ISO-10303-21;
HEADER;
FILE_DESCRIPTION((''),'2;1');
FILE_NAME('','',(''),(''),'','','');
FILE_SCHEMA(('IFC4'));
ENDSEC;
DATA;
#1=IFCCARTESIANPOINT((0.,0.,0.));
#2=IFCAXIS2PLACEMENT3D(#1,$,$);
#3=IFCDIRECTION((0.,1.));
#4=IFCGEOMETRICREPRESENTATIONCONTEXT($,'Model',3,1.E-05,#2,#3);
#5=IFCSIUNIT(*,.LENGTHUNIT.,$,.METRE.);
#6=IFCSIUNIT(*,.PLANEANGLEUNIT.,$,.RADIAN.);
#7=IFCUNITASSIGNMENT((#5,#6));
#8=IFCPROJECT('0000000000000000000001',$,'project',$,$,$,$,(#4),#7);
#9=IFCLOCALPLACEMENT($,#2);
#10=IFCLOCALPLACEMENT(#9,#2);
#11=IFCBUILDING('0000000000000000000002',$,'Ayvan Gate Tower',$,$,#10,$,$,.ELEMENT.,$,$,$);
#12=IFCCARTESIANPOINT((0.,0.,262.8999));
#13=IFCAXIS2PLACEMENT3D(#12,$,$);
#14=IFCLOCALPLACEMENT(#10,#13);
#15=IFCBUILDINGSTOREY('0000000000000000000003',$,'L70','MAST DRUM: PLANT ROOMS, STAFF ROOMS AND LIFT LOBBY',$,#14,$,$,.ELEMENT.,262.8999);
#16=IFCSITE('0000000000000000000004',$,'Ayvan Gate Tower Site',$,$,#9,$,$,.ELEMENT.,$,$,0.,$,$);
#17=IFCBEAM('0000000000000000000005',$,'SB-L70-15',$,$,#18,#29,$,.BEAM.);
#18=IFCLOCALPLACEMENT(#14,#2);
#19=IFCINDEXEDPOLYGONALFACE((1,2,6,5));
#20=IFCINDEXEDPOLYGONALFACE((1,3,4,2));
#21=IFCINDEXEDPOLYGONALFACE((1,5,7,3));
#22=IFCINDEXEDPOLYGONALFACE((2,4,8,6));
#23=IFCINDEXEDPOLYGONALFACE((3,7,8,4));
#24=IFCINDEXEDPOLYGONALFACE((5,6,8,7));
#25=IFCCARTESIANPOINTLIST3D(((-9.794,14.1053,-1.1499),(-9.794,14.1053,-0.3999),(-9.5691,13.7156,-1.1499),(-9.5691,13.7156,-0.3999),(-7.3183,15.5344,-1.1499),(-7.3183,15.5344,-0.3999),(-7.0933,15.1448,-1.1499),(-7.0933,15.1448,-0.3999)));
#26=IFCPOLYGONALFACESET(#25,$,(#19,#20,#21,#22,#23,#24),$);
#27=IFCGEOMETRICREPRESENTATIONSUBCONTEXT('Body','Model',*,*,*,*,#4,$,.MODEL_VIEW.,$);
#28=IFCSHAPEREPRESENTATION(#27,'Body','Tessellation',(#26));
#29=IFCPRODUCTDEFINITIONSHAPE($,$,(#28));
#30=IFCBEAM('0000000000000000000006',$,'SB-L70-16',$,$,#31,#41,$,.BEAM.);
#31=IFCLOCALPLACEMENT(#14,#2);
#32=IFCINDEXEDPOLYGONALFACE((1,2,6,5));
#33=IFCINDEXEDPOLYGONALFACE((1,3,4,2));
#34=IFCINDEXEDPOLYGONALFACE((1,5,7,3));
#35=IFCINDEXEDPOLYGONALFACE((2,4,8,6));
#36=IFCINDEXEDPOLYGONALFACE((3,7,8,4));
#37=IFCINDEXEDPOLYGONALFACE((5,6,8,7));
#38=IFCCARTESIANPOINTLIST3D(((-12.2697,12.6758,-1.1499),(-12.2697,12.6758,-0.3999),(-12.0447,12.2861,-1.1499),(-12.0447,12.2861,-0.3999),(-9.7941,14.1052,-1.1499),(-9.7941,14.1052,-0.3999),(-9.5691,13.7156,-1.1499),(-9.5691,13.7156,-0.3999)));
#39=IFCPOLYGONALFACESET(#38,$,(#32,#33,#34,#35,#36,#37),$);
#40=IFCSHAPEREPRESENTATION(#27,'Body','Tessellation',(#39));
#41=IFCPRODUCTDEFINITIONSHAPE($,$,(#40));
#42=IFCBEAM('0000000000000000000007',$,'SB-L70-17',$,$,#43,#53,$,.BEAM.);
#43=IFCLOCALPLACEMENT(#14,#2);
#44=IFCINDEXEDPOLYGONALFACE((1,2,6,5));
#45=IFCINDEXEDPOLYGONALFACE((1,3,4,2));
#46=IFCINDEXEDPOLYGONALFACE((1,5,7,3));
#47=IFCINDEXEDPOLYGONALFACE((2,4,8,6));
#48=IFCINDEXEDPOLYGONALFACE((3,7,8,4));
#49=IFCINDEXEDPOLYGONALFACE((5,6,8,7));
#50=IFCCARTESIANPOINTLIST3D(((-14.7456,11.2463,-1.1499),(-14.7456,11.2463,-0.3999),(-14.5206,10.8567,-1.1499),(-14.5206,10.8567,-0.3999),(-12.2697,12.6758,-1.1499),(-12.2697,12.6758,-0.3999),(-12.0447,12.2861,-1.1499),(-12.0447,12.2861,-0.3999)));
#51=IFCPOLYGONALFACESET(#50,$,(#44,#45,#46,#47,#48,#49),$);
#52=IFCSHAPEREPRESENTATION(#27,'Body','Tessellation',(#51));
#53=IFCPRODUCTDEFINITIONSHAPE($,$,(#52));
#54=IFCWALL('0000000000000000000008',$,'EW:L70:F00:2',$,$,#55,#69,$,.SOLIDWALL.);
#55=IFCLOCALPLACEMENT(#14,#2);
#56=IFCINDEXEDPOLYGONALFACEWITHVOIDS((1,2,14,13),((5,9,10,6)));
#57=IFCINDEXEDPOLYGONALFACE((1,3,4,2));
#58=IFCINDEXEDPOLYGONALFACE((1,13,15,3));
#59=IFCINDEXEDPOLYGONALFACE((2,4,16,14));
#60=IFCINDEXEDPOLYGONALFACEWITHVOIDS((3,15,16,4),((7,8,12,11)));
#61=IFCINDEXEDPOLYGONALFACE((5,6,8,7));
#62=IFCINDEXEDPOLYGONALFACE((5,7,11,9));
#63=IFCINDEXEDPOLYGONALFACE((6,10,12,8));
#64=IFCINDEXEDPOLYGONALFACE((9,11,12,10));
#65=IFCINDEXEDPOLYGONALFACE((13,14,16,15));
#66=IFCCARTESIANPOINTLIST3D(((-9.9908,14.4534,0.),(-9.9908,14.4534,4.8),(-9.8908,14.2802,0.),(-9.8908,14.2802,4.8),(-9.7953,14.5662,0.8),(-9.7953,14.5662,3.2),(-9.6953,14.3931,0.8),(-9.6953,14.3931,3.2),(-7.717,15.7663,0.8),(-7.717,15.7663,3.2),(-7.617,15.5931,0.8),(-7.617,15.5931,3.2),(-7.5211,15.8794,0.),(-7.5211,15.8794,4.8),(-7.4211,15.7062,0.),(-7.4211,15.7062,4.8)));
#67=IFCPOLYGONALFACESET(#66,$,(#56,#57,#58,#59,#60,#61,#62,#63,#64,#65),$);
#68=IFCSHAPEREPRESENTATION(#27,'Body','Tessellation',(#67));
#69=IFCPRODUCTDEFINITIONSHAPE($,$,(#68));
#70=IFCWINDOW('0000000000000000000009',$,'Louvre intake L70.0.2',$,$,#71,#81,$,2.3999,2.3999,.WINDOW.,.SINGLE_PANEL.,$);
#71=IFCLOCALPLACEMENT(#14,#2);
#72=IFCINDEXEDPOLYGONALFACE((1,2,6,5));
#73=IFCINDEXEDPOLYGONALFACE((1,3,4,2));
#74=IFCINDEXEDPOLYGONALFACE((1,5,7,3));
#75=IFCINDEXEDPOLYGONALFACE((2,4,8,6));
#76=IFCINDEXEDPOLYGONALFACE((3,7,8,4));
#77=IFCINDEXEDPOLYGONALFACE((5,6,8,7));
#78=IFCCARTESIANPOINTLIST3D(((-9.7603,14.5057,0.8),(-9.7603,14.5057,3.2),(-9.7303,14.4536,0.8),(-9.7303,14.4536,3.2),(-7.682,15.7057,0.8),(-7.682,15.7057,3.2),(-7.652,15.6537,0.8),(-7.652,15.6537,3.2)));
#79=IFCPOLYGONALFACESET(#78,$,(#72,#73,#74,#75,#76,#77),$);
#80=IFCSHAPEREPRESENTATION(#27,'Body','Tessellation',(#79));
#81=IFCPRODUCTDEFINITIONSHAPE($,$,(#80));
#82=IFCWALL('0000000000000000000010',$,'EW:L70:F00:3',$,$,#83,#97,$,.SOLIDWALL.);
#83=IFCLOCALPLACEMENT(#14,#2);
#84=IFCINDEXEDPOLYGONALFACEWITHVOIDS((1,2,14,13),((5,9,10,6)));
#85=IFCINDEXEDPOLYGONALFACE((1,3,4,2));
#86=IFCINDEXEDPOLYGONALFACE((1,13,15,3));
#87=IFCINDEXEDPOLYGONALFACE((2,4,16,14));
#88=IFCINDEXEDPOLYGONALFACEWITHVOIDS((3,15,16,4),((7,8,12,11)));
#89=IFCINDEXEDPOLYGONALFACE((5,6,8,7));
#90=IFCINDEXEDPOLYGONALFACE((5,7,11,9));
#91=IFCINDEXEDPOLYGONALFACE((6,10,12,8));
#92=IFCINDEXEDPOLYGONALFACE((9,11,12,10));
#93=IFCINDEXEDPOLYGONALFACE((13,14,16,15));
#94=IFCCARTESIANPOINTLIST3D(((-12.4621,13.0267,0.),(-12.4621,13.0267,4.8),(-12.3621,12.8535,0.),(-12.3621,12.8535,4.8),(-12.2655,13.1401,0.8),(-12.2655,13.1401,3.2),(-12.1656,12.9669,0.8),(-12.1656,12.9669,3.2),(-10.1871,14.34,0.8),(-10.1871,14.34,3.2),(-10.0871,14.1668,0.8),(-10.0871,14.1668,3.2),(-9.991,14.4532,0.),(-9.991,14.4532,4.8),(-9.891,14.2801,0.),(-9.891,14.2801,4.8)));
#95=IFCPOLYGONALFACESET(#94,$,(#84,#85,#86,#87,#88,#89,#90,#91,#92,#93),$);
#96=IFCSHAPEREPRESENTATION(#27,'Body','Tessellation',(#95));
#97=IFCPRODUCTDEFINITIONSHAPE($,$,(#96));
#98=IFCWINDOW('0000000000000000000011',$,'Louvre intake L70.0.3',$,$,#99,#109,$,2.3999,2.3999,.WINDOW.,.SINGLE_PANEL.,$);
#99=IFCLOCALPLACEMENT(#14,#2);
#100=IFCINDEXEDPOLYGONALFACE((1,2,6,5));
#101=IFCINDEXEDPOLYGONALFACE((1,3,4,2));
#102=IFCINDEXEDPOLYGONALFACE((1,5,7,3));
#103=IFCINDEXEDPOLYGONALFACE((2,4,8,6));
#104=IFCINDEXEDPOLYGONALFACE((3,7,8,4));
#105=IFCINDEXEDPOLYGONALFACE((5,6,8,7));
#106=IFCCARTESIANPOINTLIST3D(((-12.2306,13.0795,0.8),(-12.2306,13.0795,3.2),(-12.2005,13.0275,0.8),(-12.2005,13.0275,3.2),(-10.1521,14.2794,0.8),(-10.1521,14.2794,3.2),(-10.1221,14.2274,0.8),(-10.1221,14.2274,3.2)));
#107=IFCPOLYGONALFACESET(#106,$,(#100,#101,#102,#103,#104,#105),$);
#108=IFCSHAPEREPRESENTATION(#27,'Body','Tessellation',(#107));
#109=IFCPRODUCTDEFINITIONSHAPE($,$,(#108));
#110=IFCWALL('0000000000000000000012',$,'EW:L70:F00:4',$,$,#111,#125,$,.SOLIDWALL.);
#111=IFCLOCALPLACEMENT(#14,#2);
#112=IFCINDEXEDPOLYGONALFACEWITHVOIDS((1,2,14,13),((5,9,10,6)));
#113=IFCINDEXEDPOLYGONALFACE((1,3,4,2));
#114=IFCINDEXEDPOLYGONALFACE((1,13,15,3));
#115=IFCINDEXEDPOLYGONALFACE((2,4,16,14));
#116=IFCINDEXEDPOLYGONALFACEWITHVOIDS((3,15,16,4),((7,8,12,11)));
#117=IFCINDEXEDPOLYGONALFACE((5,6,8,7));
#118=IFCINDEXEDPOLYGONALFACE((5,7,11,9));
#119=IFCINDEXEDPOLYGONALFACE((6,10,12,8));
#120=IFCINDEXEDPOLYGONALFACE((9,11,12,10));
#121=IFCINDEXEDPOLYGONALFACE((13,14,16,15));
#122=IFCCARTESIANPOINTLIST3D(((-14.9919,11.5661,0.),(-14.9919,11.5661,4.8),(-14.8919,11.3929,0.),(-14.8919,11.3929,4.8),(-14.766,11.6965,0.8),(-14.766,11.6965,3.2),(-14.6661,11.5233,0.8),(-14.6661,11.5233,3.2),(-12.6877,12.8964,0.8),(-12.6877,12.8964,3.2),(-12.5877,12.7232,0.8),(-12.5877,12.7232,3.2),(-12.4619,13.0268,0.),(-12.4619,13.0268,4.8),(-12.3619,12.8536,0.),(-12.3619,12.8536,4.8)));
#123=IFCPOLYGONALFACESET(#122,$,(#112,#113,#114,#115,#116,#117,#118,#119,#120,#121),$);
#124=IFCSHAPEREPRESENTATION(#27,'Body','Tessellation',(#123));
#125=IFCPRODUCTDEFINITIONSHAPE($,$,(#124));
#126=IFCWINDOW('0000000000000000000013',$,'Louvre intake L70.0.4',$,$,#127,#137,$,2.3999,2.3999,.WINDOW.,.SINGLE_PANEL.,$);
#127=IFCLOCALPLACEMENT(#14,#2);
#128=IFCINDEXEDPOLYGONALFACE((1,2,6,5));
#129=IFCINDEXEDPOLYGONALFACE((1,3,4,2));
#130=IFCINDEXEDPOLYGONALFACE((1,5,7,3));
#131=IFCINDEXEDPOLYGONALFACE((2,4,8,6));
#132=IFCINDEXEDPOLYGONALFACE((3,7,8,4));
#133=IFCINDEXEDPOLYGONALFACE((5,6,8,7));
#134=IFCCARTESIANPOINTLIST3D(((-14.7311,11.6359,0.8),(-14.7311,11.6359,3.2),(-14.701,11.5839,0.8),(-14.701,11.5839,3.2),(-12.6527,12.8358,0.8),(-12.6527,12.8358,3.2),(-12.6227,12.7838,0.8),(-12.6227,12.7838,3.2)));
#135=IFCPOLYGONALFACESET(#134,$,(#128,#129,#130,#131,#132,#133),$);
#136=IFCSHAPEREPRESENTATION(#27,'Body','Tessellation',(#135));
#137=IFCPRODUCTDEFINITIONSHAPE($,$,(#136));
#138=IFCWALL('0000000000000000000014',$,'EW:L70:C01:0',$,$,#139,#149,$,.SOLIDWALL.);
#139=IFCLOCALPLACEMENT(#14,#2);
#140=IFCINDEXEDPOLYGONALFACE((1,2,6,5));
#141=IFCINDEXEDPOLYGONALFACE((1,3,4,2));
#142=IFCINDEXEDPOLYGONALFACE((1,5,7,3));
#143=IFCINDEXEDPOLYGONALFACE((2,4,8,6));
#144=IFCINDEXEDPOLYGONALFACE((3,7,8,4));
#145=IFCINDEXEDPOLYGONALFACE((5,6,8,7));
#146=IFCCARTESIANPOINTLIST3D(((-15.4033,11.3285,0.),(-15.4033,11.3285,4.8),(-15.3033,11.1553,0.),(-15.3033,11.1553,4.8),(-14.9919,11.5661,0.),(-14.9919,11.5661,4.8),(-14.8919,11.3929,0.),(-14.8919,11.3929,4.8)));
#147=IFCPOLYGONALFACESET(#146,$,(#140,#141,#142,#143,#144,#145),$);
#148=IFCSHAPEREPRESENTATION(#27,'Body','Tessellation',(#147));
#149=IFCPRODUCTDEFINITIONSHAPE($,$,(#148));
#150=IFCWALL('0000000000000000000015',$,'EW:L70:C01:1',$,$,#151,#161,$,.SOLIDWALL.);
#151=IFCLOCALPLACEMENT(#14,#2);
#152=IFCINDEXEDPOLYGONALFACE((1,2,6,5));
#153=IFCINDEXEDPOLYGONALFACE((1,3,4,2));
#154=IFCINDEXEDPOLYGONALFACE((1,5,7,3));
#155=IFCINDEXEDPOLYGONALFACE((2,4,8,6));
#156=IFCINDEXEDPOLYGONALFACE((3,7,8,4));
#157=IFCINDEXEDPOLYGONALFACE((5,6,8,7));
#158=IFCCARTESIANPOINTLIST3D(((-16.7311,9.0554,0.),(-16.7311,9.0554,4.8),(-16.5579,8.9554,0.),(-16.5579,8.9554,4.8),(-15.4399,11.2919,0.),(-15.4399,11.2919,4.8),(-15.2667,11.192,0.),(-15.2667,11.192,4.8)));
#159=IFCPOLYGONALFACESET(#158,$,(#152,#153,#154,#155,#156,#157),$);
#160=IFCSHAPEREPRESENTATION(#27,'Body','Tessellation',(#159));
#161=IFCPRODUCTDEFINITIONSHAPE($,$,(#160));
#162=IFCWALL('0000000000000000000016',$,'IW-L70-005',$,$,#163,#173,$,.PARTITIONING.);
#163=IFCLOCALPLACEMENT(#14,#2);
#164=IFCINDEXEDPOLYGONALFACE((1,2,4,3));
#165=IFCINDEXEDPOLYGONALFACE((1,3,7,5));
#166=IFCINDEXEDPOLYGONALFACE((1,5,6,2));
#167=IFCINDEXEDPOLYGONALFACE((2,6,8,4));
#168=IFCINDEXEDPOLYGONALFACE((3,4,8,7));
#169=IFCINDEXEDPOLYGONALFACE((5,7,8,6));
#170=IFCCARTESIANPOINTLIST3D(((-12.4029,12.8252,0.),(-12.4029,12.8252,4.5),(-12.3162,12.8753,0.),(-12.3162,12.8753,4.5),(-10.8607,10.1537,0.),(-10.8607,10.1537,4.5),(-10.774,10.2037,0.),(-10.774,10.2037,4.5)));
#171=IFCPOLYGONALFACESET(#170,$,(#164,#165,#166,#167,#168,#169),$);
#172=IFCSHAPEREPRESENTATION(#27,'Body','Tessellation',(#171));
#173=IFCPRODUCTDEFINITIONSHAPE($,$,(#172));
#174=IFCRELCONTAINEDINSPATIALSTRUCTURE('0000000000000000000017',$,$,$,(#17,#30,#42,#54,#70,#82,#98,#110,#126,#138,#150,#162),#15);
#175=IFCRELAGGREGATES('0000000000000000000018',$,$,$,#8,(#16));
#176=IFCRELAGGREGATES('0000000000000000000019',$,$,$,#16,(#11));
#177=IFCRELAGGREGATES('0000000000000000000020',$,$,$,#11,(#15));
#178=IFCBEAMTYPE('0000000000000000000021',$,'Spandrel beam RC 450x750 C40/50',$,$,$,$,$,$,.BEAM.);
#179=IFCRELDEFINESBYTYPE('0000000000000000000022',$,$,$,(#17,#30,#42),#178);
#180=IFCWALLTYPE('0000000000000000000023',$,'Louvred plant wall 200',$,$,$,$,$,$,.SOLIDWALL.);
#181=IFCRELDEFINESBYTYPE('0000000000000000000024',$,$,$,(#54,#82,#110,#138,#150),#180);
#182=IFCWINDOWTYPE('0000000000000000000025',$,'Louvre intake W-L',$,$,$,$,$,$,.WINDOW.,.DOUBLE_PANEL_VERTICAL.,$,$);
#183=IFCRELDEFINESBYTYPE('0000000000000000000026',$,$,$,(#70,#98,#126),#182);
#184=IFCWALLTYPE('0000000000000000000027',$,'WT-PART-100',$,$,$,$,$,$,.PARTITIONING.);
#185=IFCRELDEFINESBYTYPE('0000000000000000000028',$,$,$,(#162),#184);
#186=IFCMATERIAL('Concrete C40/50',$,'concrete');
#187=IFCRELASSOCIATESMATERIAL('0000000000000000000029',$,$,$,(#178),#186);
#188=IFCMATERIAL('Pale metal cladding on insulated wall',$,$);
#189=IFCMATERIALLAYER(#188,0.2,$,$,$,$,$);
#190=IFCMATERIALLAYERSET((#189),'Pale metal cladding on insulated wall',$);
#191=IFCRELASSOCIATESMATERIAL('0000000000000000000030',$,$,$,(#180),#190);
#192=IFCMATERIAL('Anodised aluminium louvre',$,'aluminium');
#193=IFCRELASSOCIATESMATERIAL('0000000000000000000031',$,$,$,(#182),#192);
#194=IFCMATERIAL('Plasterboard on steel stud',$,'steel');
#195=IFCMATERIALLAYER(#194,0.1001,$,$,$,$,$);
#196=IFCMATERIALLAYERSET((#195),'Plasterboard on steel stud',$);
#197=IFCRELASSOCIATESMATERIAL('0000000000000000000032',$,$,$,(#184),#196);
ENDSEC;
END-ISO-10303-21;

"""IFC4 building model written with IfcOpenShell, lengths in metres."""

from ifc_helpers import new_model, si_unit, direction, frame, frame_2d, origin, origin_2d, place, context, subcontext, project, spatial, rectangle, extrude, material, layer, layer_set, material_profile, profile_set, type_object, element, fill, save


model = new_model("IFC4")

# Units and contexts
model_context = context("Model", 3, precision=1e-05, world=origin(), true_north=direction((0.0, 1.0)))
body_context = subcontext(model_context, "Body", "Model", "MODEL_VIEW")
ifc_project = project(units=[si_unit("LENGTHUNIT", "METRE"), si_unit("PLANEANGLEUNIT", "RADIAN")], contexts=[model_context])

# Site, building, storey
site_placement = place(None, origin())
site = spatial("IfcSite", under=ifc_project, at=site_placement, Name="Ayvan Gate Tower Site", CompositionType="ELEMENT", RefElevation=0.0)
building_placement = place(site_placement, origin())
building = spatial("IfcBuilding", under=site, at=building_placement, Name="Ayvan Gate Tower", CompositionType="ELEMENT")
storey_placement = place(building_placement, frame((0.0, 0.0, 262.8999)))
storey = spatial("IfcBuildingStorey", under=building, at=storey_placement, Name="L70", Description="MAST DRUM: PLANT ROOMS, STAFF ROOMS AND LIFT LOBBY", CompositionType="ELEMENT", Elevation=262.8999)

# Beams
ifc_material_1 = material(Name="Concrete C40/50", Category="concrete")
ifc_material_profile = material_profile(ifc_material_1, rectangle(XDim=0.45, YDim=0.75, at=origin_2d()), Name="RC 450x750")
ifc_profile_set = profile_set([ifc_material_profile], Name="Concrete C40/50")
beam_type = type_object("IfcBeamType", Name="Spandrel beam RC 450x750 C40/50", PredefinedType="BEAM", material=ifc_profile_set)
for number, where, z_axis, x_axis, name in (
    (1, (-7.2058, 15.3396, -0.7749), (-0.866059, -0.499942, 0.0), (0.499942, -0.866059, 0.0), "SB-L70-15"),
    (2, (-9.6816, 13.9104, -0.7749), (-0.866001, -0.500043, 0.0), (0.500043, -0.866001, 0.0), "SB-L70-16"),
):
    element("IfcBeam", number, at=place(storey_placement, frame(where, z_axis=z_axis, x_axis=x_axis)), inside=storey, type_object=beam_type, Name=name, PredefinedType="BEAM", context=body_context, shape_type="SweptSolid", body=[
        extrude(rectangle(XDim=0.45, YDim=0.75, at=origin_2d()), origin(), (0.0, 0.0, 1.0), 2.8586),
    ])
beam_placement = place(storey_placement, frame((-12.1572, 12.481, -0.7749), z_axis=(-0.866022, -0.500006, 0.0), x_axis=(0.500006, -0.866022, 0.0)))
element("IfcBeam", 3, at=beam_placement, inside=storey, type_object=beam_type, Name="SB-L70-17", PredefinedType="BEAM", context=body_context, shape_type="SweptSolid", body=[
    extrude(rectangle(XDim=0.45, YDim=0.75, at=origin_2d()), origin(), (0.0, 0.0, 1.0), 2.8589),
])

# Walls, openings, windows
ifc_material_2 = material(Name="Pale metal cladding on insulated wall")
ifc_layer_1 = layer(ifc_material_2, 0.2)
ifc_layer_set_1 = layer_set([ifc_layer_1], Name="Pale metal cladding on insulated wall")
wall_type_1 = type_object("IfcWallType", Name="Louvred plant wall 200", PredefinedType="SOLIDWALL", material=ifc_layer_set_1)
wall_1_placement = place(storey_placement, frame((-7.4712, 15.7927, 0.0), z_axis=(0.0, 0.0, 1.0), x_axis=(-0.866006, -0.500034, 0.0)))
wall_1 = element("IfcWall", 4, at=wall_1_placement, inside=storey, type_object=wall_type_1, Name="EW:L70:F00:2", PredefinedType="SOLIDWALL", context=body_context, shape_type="SweptSolid", body=[
    extrude(rectangle(XDim=2.8518, YDim=0.2, at=frame_2d((1.4258, 0.0))), origin(), (0.0, 0.0, 1.0), 4.8),
])
opening_1_placement = place(wall_1_placement, frame((0.2261, 0.0, 0.8)))
opening_1 = element("IfcOpeningElement", 5, at=opening_1_placement, cuts=wall_1, PredefinedType="OPENING", context=body_context, shape_type="SweptSolid", body=[
    extrude(rectangle(XDim=2.3999, YDim=2.3999, at=frame_2d((1.2, 1.2))), frame((0.0, 0.1099, 0.0), z_axis=(0.0, -1.0, 0.0), x_axis=(1.0, 0.0, 0.0)), (0.0, 0.0, 1.0), 0.22),
])
ifc_material_3 = material(Name="Anodised aluminium louvre", Category="aluminium")
window_type = type_object("IfcWindowType", Name="Louvre intake W-L", PartitioningType="DOUBLE_PANEL_VERTICAL", PredefinedType="WINDOW", material=ifc_material_3)
window_1_placement = place(opening_1_placement, origin())
window_1 = element("IfcWindow", 6, at=window_1_placement, inside=storey, type_object=window_type, Name="Louvre intake L70.0.2", OverallHeight=2.3999, OverallWidth=2.3999, PartitioningType="SINGLE_PANEL", PredefinedType="WINDOW", context=body_context, shape_type="SweptSolid", body=[
    extrude(rectangle(XDim=2.3999, YDim=2.3999, at=frame_2d((1.2, 1.2))), frame((0.0, 0.03, 0.0), z_axis=(0.0, -1.0, 0.0), x_axis=(1.0, 0.0, 0.0)), (0.0, 0.0, 1.0), 0.0601),
])
fill(opening_1, window_1)
wall_2_placement = place(storey_placement, frame((-9.9409, 14.3667, 0.0), z_axis=(0.0, 0.0, 1.0), x_axis=(-0.866039, -0.499977, 0.0)))
wall_2 = element("IfcWall", 7, at=wall_2_placement, inside=storey, type_object=wall_type_1, Name="EW:L70:F00:3", PredefinedType="SOLIDWALL", context=body_context, shape_type="SweptSolid", body=[
    extrude(rectangle(XDim=2.8533, YDim=0.2, at=frame_2d((1.4268, 0.0))), origin(), (0.0, 0.0, 1.0), 4.8),
])
opening_2_placement = place(wall_2_placement, frame((0.2266, 0.0, 0.8)))
opening_2 = element("IfcOpeningElement", 8, at=opening_2_placement, cuts=wall_2, PredefinedType="OPENING", context=body_context, shape_type="SweptSolid", body=[
    extrude(rectangle(XDim=2.3999, YDim=2.3999, at=frame_2d((1.2, 1.2))), frame((0.0, 0.1099, 0.0), z_axis=(0.0, -1.0, 0.0), x_axis=(1.0, 0.0, 0.0)), (0.0, 0.0, 1.0), 0.22),
])
window_2_placement = place(opening_2_placement, origin())
window_2 = element("IfcWindow", 9, at=window_2_placement, inside=storey, type_object=window_type, Name="Louvre intake L70.0.3", OverallHeight=2.3999, OverallWidth=2.3999, PartitioningType="SINGLE_PANEL", PredefinedType="WINDOW", context=body_context, shape_type="SweptSolid", body=[
    extrude(rectangle(XDim=2.3999, YDim=2.3999, at=frame_2d((1.2, 1.2))), frame((0.0, 0.03, 0.0), z_axis=(0.0, -1.0, 0.0), x_axis=(1.0, 0.0, 0.0)), (0.0, 0.0, 1.0), 0.0601),
])
fill(opening_2, window_2)
wall_3_placement = place(storey_placement, frame((-12.4119, 12.9402, 0.0), z_axis=(0.0, 0.0, 1.0), x_axis=(-0.866028, -0.499995, 0.0)))
wall_3 = element("IfcWall", 10, at=wall_3_placement, inside=storey, type_object=wall_type_1, Name="EW:L70:F00:4", PredefinedType="SOLIDWALL", context=body_context, shape_type="SweptSolid", body=[
    extrude(rectangle(XDim=2.9214, YDim=0.2, at=frame_2d((1.4607, 0.0))), origin(), (0.0, 0.0, 1.0), 4.8),
])
opening_3_placement = place(wall_3_placement, frame((0.2607, 0.0, 0.8)))
opening_3 = element("IfcOpeningElement", 11, at=opening_3_placement, cuts=wall_3, PredefinedType="OPENING", context=body_context, shape_type="SweptSolid", body=[
    extrude(rectangle(XDim=2.3999, YDim=2.3999, at=frame_2d((1.2, 1.2))), frame((0.0, 0.1099, 0.0), z_axis=(0.0, -1.0, 0.0), x_axis=(1.0, 0.0, 0.0)), (0.0, 0.0, 1.0), 0.22),
])
window_3_placement = place(opening_3_placement, origin())
window_3 = element("IfcWindow", 12, at=window_3_placement, inside=storey, type_object=window_type, Name="Louvre intake L70.0.4", OverallHeight=2.3999, OverallWidth=2.3999, PartitioningType="SINGLE_PANEL", PredefinedType="WINDOW", context=body_context, shape_type="SweptSolid", body=[
    extrude(rectangle(XDim=2.3999, YDim=2.3999, at=frame_2d((1.2, 1.2))), frame((0.0, 0.03, 0.0), z_axis=(0.0, -1.0, 0.0), x_axis=(1.0, 0.0, 0.0)), (0.0, 0.0, 1.0), 0.0601),
])
fill(opening_3, window_3)

# Walls
wall_4_placement = place(storey_placement, frame((-14.9419, 11.4795, 0.0), z_axis=(0.0, 0.0, 1.0), x_axis=(-0.865989, -0.500064, 0.0)))
element("IfcWall", 13, at=wall_4_placement, inside=storey, type_object=wall_type_1, Name="EW:L70:C01:0", PredefinedType="SOLIDWALL", context=body_context, shape_type="SweptSolid", body=[
    extrude(rectangle(XDim=0.4751, YDim=0.2, at=frame_2d((0.2375, 0.0))), origin(), (0.0, 0.0, 1.0), 4.8),
])
wall_5_placement = place(storey_placement, frame((-15.3533, 11.2419, 0.0), z_axis=(0.0, 0.0, 1.0), x_axis=(-0.499992, -0.86603, 0.0)))
element("IfcWall", 14, at=wall_5_placement, inside=storey, type_object=wall_type_1, Name="EW:L70:C01:1", PredefinedType="SOLIDWALL", context=body_context, shape_type="SweptSolid", body=[
    extrude(rectangle(XDim=2.5825, YDim=0.2, at=frame_2d((1.2913, 0.0))), origin(), (0.0, 0.0, 1.0), 4.8),
])
ifc_material_4 = material(Name="Plasterboard on steel stud", Category="steel")
ifc_layer_2 = layer(ifc_material_4, 0.1001)
ifc_layer_set_2 = layer_set([ifc_layer_2], Name="Plasterboard on steel stud")
wall_type_2 = type_object("IfcWallType", Name="WT-PART-100", PredefinedType="PARTITIONING", material=ifc_layer_set_2)
wall_6_placement = place(storey_placement, frame((-12.3596, 12.8503, 0.0), z_axis=(0.0, 0.0, 1.0), x_axis=(0.499944, -0.866058, 0.0)))
element("IfcWall", 15, at=wall_6_placement, inside=storey, type_object=wall_type_2, Name="IW-L70-005", PredefinedType="PARTITIONING", context=body_context, shape_type="SweptSolid", body=[
    extrude(rectangle(XDim=3.0847, YDim=0.1001, at=frame_2d((1.5425, 0.0))), origin(), (0.0, 0.0, 1.0), 4.5),
])

save(model, "model.ifc")
